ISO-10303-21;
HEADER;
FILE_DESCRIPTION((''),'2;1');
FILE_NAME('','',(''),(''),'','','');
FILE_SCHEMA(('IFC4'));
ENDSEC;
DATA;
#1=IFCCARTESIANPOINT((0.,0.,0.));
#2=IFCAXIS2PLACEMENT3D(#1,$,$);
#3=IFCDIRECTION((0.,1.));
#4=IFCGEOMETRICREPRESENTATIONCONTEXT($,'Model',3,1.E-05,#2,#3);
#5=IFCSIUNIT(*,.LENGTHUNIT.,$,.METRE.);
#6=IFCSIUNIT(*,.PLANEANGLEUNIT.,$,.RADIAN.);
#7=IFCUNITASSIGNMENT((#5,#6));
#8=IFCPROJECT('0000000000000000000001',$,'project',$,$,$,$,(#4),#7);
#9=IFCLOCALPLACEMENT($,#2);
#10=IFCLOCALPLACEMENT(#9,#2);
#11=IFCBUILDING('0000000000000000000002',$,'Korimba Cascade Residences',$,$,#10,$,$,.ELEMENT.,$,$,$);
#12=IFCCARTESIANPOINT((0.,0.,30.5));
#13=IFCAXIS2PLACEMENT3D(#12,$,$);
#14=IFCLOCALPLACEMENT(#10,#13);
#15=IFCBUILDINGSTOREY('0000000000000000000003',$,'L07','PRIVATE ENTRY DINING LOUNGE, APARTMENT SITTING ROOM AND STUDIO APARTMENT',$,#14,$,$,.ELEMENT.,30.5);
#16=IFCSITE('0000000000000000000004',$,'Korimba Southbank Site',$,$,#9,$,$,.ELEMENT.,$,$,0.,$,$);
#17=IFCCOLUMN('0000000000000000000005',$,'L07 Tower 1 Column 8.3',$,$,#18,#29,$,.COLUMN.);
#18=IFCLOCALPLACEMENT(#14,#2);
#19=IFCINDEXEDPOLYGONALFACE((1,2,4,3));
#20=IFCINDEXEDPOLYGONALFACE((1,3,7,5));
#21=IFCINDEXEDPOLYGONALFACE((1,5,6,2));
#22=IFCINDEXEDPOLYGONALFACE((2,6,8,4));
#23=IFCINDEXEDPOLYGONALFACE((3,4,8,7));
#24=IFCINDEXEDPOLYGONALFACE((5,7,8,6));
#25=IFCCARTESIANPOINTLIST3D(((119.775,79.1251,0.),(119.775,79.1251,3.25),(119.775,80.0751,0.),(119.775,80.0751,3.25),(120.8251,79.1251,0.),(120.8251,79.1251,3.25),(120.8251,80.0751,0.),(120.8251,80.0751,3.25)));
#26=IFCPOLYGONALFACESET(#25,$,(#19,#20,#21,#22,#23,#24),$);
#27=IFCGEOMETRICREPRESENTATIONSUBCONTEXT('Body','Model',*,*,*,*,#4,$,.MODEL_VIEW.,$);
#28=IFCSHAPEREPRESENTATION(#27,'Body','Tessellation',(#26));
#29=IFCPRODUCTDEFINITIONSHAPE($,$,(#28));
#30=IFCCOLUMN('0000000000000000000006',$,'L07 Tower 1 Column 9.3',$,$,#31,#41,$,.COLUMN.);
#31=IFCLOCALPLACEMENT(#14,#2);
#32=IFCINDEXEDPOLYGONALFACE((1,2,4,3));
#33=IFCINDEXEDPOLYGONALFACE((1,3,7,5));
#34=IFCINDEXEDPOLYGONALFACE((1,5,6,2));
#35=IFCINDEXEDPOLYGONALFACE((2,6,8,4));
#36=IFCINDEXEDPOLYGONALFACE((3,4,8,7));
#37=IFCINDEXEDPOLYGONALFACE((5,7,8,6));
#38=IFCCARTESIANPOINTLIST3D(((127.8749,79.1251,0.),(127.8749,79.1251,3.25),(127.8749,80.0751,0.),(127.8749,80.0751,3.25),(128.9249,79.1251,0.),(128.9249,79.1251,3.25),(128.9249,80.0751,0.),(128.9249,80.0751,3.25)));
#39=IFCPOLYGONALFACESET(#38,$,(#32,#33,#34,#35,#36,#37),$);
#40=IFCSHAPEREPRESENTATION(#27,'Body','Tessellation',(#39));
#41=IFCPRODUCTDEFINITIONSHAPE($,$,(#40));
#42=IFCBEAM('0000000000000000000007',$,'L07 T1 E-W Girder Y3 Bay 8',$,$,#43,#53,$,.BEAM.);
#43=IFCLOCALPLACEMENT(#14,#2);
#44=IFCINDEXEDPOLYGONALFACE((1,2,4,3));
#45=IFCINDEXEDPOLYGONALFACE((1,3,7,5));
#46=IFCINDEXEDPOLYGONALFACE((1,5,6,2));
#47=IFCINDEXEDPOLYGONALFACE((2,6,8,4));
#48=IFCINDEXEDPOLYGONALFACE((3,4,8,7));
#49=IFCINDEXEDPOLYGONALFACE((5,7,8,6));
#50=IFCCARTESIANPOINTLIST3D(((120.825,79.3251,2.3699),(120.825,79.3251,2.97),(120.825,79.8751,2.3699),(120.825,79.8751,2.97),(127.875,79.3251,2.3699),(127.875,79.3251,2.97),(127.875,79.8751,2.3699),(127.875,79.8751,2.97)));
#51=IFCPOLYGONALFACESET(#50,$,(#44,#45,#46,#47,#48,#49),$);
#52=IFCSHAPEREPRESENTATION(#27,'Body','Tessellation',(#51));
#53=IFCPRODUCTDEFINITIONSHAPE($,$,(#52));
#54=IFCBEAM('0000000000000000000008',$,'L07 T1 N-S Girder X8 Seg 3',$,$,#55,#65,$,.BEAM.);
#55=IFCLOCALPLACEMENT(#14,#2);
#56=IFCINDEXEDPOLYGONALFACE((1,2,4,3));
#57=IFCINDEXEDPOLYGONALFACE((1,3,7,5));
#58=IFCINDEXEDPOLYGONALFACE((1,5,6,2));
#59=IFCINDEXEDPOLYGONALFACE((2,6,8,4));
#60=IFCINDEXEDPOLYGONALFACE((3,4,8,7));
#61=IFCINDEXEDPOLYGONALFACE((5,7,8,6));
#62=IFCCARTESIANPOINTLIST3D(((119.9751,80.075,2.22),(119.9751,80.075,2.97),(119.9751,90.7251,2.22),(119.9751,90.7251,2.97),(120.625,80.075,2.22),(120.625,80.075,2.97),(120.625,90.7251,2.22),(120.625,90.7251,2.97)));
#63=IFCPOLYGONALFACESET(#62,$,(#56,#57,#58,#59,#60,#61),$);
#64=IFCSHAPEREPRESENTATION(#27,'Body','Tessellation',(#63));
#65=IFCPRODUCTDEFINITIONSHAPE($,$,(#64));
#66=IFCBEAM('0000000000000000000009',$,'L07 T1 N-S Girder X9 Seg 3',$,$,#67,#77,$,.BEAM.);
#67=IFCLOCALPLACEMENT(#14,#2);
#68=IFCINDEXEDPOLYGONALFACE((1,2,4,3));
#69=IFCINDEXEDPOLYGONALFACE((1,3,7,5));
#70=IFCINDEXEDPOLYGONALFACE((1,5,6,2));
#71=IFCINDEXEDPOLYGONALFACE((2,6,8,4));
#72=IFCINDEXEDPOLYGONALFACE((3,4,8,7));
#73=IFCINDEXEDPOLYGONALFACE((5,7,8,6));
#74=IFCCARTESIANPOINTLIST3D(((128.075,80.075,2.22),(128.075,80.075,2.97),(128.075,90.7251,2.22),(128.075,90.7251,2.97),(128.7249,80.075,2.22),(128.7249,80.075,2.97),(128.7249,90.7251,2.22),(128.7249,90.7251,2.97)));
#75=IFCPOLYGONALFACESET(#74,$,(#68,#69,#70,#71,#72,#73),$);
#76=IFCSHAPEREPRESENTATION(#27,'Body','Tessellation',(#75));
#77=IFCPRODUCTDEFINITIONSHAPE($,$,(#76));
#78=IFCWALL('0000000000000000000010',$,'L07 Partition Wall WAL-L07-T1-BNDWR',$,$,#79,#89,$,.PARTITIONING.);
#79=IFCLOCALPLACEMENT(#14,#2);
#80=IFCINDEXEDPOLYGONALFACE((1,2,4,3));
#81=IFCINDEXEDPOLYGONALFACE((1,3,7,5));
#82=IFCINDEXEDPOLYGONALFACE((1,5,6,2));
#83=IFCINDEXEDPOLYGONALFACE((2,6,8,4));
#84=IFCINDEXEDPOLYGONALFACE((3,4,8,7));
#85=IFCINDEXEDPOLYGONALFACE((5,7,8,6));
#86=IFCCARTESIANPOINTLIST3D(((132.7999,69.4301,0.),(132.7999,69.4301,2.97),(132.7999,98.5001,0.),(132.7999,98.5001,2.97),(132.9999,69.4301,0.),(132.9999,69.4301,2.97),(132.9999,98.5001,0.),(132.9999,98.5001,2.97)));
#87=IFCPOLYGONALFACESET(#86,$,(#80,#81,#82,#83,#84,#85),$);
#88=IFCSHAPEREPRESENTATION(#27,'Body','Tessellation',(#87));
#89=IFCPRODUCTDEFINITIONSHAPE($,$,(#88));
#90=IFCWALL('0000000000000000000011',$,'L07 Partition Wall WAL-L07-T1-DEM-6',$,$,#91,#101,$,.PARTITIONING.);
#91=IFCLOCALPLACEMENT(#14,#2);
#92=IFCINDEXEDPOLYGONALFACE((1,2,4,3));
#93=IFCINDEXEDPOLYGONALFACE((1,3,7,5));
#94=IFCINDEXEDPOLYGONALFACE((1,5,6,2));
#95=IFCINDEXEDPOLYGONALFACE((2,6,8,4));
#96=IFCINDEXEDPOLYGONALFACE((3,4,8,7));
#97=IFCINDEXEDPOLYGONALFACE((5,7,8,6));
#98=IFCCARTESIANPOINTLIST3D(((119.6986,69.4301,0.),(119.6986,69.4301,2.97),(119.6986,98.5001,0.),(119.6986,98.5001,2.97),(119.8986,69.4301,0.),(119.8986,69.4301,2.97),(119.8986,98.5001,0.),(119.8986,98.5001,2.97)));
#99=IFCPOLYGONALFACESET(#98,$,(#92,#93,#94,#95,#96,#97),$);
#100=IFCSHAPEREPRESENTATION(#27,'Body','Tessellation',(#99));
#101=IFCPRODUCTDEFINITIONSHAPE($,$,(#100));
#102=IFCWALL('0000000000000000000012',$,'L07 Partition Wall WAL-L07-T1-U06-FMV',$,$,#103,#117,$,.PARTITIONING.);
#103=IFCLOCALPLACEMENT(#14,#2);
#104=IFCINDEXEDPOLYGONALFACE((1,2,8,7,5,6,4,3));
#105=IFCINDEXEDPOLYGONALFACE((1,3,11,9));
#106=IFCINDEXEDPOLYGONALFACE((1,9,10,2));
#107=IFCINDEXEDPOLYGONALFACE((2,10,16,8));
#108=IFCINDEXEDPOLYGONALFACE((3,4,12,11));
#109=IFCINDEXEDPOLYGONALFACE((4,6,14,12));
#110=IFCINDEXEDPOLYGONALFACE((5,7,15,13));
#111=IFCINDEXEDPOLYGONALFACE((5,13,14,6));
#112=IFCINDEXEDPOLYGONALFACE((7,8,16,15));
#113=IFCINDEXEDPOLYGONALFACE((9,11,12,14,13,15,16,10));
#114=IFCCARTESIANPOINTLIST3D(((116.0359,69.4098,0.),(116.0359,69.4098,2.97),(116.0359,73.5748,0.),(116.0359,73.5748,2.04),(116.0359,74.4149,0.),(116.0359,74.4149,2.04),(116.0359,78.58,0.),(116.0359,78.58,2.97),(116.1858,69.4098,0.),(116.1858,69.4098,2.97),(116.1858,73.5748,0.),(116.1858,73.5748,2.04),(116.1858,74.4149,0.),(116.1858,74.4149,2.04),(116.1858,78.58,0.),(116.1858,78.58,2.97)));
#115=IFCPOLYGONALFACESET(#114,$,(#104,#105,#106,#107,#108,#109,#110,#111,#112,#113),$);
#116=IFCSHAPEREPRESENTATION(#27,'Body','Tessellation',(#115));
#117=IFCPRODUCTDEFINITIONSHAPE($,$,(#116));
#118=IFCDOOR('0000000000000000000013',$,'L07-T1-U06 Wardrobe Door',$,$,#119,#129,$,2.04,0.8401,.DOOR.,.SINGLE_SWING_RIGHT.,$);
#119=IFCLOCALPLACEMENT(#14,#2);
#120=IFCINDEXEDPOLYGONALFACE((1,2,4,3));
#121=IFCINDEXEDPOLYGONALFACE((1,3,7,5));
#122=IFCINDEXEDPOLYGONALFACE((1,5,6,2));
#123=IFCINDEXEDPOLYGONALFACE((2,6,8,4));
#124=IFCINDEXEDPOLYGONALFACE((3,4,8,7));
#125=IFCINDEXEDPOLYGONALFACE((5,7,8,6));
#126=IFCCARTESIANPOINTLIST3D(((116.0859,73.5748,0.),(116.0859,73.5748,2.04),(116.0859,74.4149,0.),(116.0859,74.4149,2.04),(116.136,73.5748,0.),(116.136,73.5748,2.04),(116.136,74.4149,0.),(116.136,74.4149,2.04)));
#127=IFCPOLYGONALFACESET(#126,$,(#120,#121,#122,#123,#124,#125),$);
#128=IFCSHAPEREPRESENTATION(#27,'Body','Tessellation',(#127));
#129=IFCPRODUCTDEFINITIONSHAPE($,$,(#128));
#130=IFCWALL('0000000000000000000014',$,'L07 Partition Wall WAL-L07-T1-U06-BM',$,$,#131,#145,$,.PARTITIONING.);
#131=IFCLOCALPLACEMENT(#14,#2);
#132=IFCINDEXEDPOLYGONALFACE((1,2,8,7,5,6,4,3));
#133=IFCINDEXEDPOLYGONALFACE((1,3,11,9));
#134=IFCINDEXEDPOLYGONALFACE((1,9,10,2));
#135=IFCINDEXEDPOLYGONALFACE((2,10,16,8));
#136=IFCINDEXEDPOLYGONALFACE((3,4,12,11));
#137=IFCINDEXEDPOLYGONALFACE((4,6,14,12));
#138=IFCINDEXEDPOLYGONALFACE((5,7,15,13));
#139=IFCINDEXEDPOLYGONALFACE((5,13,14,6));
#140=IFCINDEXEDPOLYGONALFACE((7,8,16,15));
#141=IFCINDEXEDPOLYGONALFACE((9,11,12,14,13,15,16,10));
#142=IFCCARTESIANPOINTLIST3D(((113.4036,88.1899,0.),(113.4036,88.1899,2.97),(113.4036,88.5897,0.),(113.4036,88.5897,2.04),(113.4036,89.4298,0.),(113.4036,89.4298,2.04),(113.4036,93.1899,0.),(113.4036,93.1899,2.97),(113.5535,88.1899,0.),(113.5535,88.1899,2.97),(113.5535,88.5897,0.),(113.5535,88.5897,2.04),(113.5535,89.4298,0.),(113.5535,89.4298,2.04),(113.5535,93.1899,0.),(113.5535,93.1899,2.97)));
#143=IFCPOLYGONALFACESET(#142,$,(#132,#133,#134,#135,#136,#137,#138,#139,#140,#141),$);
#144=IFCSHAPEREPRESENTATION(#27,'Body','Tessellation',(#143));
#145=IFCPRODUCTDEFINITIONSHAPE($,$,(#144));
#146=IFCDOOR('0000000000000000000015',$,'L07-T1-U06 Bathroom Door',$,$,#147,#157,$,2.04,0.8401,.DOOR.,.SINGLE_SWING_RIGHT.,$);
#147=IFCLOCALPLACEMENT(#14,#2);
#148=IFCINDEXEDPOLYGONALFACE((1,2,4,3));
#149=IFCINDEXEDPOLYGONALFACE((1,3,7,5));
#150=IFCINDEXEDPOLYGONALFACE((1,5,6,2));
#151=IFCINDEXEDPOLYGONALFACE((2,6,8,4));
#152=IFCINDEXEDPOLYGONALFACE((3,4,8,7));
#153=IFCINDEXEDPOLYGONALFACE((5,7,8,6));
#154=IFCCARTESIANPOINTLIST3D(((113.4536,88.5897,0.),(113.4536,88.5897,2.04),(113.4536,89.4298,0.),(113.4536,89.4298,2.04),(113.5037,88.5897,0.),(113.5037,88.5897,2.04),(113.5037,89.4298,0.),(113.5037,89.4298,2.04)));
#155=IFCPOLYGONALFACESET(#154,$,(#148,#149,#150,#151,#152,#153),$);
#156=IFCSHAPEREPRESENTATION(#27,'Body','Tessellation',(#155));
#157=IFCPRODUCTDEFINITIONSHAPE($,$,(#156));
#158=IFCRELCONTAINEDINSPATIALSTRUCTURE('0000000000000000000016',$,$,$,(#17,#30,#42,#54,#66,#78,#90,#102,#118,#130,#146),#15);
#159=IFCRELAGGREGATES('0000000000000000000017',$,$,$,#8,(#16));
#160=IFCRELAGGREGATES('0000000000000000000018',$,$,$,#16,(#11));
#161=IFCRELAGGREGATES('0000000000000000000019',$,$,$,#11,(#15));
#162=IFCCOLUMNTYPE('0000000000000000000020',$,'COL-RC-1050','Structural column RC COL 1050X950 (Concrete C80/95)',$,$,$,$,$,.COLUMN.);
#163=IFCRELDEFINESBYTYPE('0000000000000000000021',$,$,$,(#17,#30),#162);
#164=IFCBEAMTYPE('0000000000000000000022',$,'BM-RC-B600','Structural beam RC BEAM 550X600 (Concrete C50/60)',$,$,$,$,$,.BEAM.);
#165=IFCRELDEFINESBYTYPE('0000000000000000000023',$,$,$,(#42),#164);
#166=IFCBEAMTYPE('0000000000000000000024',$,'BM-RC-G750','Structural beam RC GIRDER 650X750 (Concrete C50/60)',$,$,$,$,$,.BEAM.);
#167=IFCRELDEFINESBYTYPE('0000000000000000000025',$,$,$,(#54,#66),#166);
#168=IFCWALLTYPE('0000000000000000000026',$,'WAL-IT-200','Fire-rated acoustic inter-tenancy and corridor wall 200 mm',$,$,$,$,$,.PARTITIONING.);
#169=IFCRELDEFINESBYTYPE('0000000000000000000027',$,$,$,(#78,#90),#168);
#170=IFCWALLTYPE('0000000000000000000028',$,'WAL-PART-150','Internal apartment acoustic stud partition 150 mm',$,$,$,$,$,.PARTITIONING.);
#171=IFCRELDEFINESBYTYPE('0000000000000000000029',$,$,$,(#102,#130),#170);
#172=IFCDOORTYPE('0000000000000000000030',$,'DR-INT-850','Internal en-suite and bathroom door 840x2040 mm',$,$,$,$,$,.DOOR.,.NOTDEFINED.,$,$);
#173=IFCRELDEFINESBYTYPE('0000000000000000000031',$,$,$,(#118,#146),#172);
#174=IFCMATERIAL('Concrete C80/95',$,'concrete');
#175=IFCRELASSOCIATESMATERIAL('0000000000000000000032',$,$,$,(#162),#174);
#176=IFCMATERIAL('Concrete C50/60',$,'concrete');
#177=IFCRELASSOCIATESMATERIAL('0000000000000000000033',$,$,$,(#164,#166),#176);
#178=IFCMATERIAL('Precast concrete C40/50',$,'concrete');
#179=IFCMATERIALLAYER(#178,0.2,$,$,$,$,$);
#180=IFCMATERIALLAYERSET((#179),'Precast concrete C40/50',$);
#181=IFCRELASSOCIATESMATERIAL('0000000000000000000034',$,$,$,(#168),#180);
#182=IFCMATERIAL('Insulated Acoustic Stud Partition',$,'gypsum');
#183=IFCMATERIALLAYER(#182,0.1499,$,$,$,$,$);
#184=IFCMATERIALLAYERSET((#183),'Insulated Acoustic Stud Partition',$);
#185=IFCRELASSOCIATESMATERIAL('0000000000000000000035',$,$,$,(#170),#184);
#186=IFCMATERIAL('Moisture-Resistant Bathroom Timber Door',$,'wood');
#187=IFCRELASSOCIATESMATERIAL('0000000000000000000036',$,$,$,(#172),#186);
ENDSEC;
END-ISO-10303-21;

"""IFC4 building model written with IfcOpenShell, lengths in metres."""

from ifc_helpers import new_model, si_unit, direction, frame, frame_2d, origin, origin_2d, place, context, subcontext, project, spatial, rectangle, extrude, material, layer, layer_set, material_profile, profile_set, type_object, element, fill, save


model = new_model("IFC4")

# Units and contexts
model_context = context("Model", 3, precision=1e-05, world=origin(), true_north=direction((0.0, 1.0)))
body_context = subcontext(model_context, "Body", "Model", "MODEL_VIEW")
ifc_project = project(units=[si_unit("LENGTHUNIT", "METRE"), si_unit("PLANEANGLEUNIT", "RADIAN")], contexts=[model_context])

# Site, building, storey
site_placement = place(None, origin())
site = spatial("IfcSite", under=ifc_project, at=site_placement, Name="Korimba Southbank Site", CompositionType="ELEMENT", RefElevation=0.0)
building_placement = place(site_placement, origin())
building = spatial("IfcBuilding", under=site, at=building_placement, Name="Korimba Cascade Residences", CompositionType="ELEMENT")
storey_placement = place(building_placement, frame((0.0, 0.0, 30.5)))
storey = spatial("IfcBuildingStorey", under=building, at=storey_placement, Name="L07", Description="PRIVATE ENTRY DINING LOUNGE, APARTMENT SITTING ROOM AND STUDIO APARTMENT", CompositionType="ELEMENT", Elevation=30.5)

# Columns
ifc_material_1 = material(Name="Concrete C80/95", Category="concrete")
ifc_material_profile_1 = material_profile(ifc_material_1, rectangle(XDim=1.05, YDim=0.95, at=origin_2d()), Name="Concrete C80/95")
ifc_profile_set_1 = profile_set([ifc_material_profile_1], Name="Concrete C80/95")
column_type = type_object("IfcColumnType", Name="COL-RC-1050", Description="Structural column RC COL 1050X950 (Concrete C80/95)", PredefinedType="COLUMN", material=ifc_profile_set_1)
for number, where, z_axis, x_axis, name in (
    (1, (120.3, 79.6001, 0.0), (0.0, 0.0, 1.0), (1.0, 0.0, 0.0), "L07 Tower 1 Column 8.3"),
    (2, (128.3999, 79.6001, 0.0), (0.0, 0.0, 1.0), (1.0, 0.0, 0.0), "L07 Tower 1 Column 9.3"),
):
    element("IfcColumn", number, at=place(storey_placement, frame(where, z_axis=z_axis, x_axis=x_axis)), inside=storey, type_object=column_type, Name=name, PredefinedType="COLUMN", context=body_context, shape_type="SweptSolid", body=[
        extrude(rectangle(XDim=1.05, YDim=0.95, at=origin_2d()), origin(), (0.0, 0.0, 1.0), 3.25),
    ])

# Beams
ifc_material_2 = material(Name="Concrete C50/60", Category="concrete")
ifc_material_profile_2 = material_profile(ifc_material_2, rectangle(XDim=0.55, YDim=0.6001, at=origin_2d()), Name="Concrete C50/60")
ifc_profile_set_2 = profile_set([ifc_material_profile_2], Name="Concrete C50/60")
beam_type_1 = type_object("IfcBeamType", Name="BM-RC-B600", Description="Structural beam RC BEAM 550X600 (Concrete C50/60)", PredefinedType="BEAM", material=ifc_profile_set_2)
beam_placement = place(storey_placement, frame((120.825, 79.6001, 2.6699), z_axis=(1.0, 0.0, 0.0), x_axis=(0.0, 1.0, 0.0)))
element("IfcBeam", 3, at=beam_placement, inside=storey, type_object=beam_type_1, Name="L07 T1 E-W Girder Y3 Bay 8", PredefinedType="BEAM", context=body_context, shape_type="SweptSolid", body=[
    extrude(rectangle(XDim=0.55, YDim=0.6001, at=origin_2d()), origin(), (0.0, 0.0, 1.0), 7.05),
])
ifc_material_profile_3 = material_profile(ifc_material_2, rectangle(XDim=0.6499, YDim=0.75, at=origin_2d()), Name="Concrete C50/60")
ifc_profile_set_3 = profile_set([ifc_material_profile_3], Name="Concrete C50/60")
beam_type_2 = type_object("IfcBeamType", Name="BM-RC-G750", Description="Structural beam RC GIRDER 650X750 (Concrete C50/60)", PredefinedType="BEAM", material=ifc_profile_set_3)
for number, where, z_axis, x_axis, name in (
    (4, (120.3, 80.075, 2.595), (0.0, 1.0, 0.0), (-1.0, 0.0, 0.0), "L07 T1 N-S Girder X8 Seg 3"),
    (5, (128.3999, 80.075, 2.595), (0.0, 1.0, 0.0), (-1.0, 0.0, 0.0), "L07 T1 N-S Girder X9 Seg 3"),
):
    element("IfcBeam", number, at=place(storey_placement, frame(where, z_axis=z_axis, x_axis=x_axis)), inside=storey, type_object=beam_type_2, Name=name, PredefinedType="BEAM", context=body_context, shape_type="SweptSolid", body=[
        extrude(rectangle(XDim=0.6499, YDim=0.75, at=origin_2d()), origin(), (0.0, 0.0, 1.0), 10.6501),
    ])

# Walls
ifc_material_3 = material(Name="Precast concrete C40/50", Category="concrete")
ifc_layer_1 = layer(ifc_material_3, 0.2)
ifc_layer_set_1 = layer_set([ifc_layer_1], Name="Precast concrete C40/50")
wall_type_1 = type_object("IfcWallType", Name="WAL-IT-200", Description="Fire-rated acoustic inter-tenancy and corridor wall 200 mm", PredefinedType="PARTITIONING", material=ifc_layer_set_1)
for number, where, z_axis, x_axis, name in (
    (6, (132.8999, 69.4299, 0.0), (0.0, 0.0, 1.0), (0.0, 1.0, 0.0), "L07 Partition Wall WAL-L07-T1-BNDWR"),
    (7, (119.7986, 69.4299, 0.0), (0.0, 0.0, 1.0), (0.0, 1.0, 0.0), "L07 Partition Wall WAL-L07-T1-DEM-6"),
):
    element("IfcWall", number, at=place(storey_placement, frame(where, z_axis=z_axis, x_axis=x_axis)), inside=storey, type_object=wall_type_1, Name=name, PredefinedType="PARTITIONING", context=body_context, shape_type="SweptSolid", body=[
        extrude(rectangle(XDim=29.0701, YDim=0.2, at=frame_2d((14.5352, 0.0))), origin(), (0.0, 0.0, 1.0), 2.97),
    ])

# Walls, openings, doors
ifc_material_4 = material(Name="Insulated Acoustic Stud Partition", Category="gypsum")
ifc_layer_2 = layer(ifc_material_4, 0.1499)
ifc_layer_set_2 = layer_set([ifc_layer_2], Name="Insulated Acoustic Stud Partition")
wall_type_2 = type_object("IfcWallType", Name="WAL-PART-150", Description="Internal apartment acoustic stud partition 150 mm", PredefinedType="PARTITIONING", material=ifc_layer_set_2)
wall_1_placement = place(storey_placement, frame((116.1108, 69.4099, 0.0), z_axis=(0.0, 0.0, 1.0), x_axis=(0.0, 1.0, 0.0)))
wall_1 = element("IfcWall", 8, at=wall_1_placement, inside=storey, type_object=wall_type_2, Name="L07 Partition Wall WAL-L07-T1-U06-FMV", PredefinedType="PARTITIONING", context=body_context, shape_type="SweptSolid", body=[
    extrude(rectangle(XDim=9.1702, YDim=0.1499, at=frame_2d((4.585, 0.0))), origin(), (0.0, 0.0, 1.0), 2.97),
])
opening_1_placement = place(wall_1_placement, frame((4.165, 0.0, 0.0)))
opening_1 = element("IfcOpeningElement", 9, at=opening_1_placement, cuts=wall_1, PredefinedType="OPENING", context=body_context, shape_type="SweptSolid", body=[
    extrude(rectangle(XDim=0.8401, YDim=2.04, at=frame_2d((0.4199, 1.02))), frame((0.0, 0.085, 0.0), z_axis=(0.0, -1.0, 0.0), x_axis=(1.0, 0.0, 0.0)), (0.0, 0.0, 1.0), 0.1699),
])
ifc_material_5 = material(Name="Moisture-Resistant Bathroom Timber Door", Category="wood")
door_type_1 = type_object("IfcDoorType", Name="DR-INT-850", Description="Internal en-suite and bathroom door 840x2040 mm", OperationType="NOTDEFINED", PredefinedType="DOOR", material=ifc_material_5)
door_1_placement = place(opening_1_placement, origin())
door_1 = element("IfcDoor", 10, at=door_1_placement, inside=storey, type_object=door_type_1, Name="L07-T1-U06 Wardrobe Door", OperationType="SINGLE_SWING_RIGHT", OverallHeight=2.04, OverallWidth=0.8401, PredefinedType="DOOR", context=body_context, shape_type="SweptSolid", body=[
    extrude(rectangle(XDim=0.8401, YDim=2.04, at=frame_2d((0.4199, 1.02))), frame((0.0, 0.0249, 0.0), z_axis=(0.0, -1.0, 0.0), x_axis=(1.0, 0.0, 0.0)), (0.0, 0.0, 1.0), 0.05),
])
fill(opening_1, door_1)
wall_2_placement = place(storey_placement, frame((113.4785, 88.1899, 0.0), z_axis=(0.0, 0.0, 1.0), x_axis=(0.0, 1.0, 0.0)))
wall_2 = element("IfcWall", 11, at=wall_2_placement, inside=storey, type_object=wall_type_2, Name="L07 Partition Wall WAL-L07-T1-U06-BM", PredefinedType="PARTITIONING", context=body_context, shape_type="SweptSolid", body=[
    extrude(rectangle(XDim=5.0, YDim=0.1499, at=frame_2d((2.5, 0.0))), origin(), (0.0, 0.0, 1.0), 2.97),
])
opening_2_placement = place(wall_2_placement, frame((0.3999, 0.0, 0.0)))
opening_2 = element("IfcOpeningElement", 12, at=opening_2_placement, cuts=wall_2, PredefinedType="OPENING", context=body_context, shape_type="SweptSolid", body=[
    extrude(rectangle(XDim=0.8401, YDim=2.04, at=frame_2d((0.4199, 1.02))), frame((0.0, 0.085, 0.0), z_axis=(0.0, -1.0, 0.0), x_axis=(1.0, 0.0, 0.0)), (0.0, 0.0, 1.0), 0.1699),
])
door_2_placement = place(opening_2_placement, origin())
door_2 = element("IfcDoor", 13, at=door_2_placement, inside=storey, type_object=door_type_1, Name="L07-T1-U06 Bathroom Door", OperationType="SINGLE_SWING_RIGHT", OverallHeight=2.04, OverallWidth=0.8401, PredefinedType="DOOR", context=body_context, shape_type="SweptSolid", body=[
    extrude(rectangle(XDim=0.8401, YDim=2.04, at=frame_2d((0.4199, 1.02))), frame((0.0, 0.0249, 0.0), z_axis=(0.0, -1.0, 0.0), x_axis=(1.0, 0.0, 0.0)), (0.0, 0.0, 1.0), 0.05),
])
fill(opening_2, door_2)

save(model, "model.ifc")
